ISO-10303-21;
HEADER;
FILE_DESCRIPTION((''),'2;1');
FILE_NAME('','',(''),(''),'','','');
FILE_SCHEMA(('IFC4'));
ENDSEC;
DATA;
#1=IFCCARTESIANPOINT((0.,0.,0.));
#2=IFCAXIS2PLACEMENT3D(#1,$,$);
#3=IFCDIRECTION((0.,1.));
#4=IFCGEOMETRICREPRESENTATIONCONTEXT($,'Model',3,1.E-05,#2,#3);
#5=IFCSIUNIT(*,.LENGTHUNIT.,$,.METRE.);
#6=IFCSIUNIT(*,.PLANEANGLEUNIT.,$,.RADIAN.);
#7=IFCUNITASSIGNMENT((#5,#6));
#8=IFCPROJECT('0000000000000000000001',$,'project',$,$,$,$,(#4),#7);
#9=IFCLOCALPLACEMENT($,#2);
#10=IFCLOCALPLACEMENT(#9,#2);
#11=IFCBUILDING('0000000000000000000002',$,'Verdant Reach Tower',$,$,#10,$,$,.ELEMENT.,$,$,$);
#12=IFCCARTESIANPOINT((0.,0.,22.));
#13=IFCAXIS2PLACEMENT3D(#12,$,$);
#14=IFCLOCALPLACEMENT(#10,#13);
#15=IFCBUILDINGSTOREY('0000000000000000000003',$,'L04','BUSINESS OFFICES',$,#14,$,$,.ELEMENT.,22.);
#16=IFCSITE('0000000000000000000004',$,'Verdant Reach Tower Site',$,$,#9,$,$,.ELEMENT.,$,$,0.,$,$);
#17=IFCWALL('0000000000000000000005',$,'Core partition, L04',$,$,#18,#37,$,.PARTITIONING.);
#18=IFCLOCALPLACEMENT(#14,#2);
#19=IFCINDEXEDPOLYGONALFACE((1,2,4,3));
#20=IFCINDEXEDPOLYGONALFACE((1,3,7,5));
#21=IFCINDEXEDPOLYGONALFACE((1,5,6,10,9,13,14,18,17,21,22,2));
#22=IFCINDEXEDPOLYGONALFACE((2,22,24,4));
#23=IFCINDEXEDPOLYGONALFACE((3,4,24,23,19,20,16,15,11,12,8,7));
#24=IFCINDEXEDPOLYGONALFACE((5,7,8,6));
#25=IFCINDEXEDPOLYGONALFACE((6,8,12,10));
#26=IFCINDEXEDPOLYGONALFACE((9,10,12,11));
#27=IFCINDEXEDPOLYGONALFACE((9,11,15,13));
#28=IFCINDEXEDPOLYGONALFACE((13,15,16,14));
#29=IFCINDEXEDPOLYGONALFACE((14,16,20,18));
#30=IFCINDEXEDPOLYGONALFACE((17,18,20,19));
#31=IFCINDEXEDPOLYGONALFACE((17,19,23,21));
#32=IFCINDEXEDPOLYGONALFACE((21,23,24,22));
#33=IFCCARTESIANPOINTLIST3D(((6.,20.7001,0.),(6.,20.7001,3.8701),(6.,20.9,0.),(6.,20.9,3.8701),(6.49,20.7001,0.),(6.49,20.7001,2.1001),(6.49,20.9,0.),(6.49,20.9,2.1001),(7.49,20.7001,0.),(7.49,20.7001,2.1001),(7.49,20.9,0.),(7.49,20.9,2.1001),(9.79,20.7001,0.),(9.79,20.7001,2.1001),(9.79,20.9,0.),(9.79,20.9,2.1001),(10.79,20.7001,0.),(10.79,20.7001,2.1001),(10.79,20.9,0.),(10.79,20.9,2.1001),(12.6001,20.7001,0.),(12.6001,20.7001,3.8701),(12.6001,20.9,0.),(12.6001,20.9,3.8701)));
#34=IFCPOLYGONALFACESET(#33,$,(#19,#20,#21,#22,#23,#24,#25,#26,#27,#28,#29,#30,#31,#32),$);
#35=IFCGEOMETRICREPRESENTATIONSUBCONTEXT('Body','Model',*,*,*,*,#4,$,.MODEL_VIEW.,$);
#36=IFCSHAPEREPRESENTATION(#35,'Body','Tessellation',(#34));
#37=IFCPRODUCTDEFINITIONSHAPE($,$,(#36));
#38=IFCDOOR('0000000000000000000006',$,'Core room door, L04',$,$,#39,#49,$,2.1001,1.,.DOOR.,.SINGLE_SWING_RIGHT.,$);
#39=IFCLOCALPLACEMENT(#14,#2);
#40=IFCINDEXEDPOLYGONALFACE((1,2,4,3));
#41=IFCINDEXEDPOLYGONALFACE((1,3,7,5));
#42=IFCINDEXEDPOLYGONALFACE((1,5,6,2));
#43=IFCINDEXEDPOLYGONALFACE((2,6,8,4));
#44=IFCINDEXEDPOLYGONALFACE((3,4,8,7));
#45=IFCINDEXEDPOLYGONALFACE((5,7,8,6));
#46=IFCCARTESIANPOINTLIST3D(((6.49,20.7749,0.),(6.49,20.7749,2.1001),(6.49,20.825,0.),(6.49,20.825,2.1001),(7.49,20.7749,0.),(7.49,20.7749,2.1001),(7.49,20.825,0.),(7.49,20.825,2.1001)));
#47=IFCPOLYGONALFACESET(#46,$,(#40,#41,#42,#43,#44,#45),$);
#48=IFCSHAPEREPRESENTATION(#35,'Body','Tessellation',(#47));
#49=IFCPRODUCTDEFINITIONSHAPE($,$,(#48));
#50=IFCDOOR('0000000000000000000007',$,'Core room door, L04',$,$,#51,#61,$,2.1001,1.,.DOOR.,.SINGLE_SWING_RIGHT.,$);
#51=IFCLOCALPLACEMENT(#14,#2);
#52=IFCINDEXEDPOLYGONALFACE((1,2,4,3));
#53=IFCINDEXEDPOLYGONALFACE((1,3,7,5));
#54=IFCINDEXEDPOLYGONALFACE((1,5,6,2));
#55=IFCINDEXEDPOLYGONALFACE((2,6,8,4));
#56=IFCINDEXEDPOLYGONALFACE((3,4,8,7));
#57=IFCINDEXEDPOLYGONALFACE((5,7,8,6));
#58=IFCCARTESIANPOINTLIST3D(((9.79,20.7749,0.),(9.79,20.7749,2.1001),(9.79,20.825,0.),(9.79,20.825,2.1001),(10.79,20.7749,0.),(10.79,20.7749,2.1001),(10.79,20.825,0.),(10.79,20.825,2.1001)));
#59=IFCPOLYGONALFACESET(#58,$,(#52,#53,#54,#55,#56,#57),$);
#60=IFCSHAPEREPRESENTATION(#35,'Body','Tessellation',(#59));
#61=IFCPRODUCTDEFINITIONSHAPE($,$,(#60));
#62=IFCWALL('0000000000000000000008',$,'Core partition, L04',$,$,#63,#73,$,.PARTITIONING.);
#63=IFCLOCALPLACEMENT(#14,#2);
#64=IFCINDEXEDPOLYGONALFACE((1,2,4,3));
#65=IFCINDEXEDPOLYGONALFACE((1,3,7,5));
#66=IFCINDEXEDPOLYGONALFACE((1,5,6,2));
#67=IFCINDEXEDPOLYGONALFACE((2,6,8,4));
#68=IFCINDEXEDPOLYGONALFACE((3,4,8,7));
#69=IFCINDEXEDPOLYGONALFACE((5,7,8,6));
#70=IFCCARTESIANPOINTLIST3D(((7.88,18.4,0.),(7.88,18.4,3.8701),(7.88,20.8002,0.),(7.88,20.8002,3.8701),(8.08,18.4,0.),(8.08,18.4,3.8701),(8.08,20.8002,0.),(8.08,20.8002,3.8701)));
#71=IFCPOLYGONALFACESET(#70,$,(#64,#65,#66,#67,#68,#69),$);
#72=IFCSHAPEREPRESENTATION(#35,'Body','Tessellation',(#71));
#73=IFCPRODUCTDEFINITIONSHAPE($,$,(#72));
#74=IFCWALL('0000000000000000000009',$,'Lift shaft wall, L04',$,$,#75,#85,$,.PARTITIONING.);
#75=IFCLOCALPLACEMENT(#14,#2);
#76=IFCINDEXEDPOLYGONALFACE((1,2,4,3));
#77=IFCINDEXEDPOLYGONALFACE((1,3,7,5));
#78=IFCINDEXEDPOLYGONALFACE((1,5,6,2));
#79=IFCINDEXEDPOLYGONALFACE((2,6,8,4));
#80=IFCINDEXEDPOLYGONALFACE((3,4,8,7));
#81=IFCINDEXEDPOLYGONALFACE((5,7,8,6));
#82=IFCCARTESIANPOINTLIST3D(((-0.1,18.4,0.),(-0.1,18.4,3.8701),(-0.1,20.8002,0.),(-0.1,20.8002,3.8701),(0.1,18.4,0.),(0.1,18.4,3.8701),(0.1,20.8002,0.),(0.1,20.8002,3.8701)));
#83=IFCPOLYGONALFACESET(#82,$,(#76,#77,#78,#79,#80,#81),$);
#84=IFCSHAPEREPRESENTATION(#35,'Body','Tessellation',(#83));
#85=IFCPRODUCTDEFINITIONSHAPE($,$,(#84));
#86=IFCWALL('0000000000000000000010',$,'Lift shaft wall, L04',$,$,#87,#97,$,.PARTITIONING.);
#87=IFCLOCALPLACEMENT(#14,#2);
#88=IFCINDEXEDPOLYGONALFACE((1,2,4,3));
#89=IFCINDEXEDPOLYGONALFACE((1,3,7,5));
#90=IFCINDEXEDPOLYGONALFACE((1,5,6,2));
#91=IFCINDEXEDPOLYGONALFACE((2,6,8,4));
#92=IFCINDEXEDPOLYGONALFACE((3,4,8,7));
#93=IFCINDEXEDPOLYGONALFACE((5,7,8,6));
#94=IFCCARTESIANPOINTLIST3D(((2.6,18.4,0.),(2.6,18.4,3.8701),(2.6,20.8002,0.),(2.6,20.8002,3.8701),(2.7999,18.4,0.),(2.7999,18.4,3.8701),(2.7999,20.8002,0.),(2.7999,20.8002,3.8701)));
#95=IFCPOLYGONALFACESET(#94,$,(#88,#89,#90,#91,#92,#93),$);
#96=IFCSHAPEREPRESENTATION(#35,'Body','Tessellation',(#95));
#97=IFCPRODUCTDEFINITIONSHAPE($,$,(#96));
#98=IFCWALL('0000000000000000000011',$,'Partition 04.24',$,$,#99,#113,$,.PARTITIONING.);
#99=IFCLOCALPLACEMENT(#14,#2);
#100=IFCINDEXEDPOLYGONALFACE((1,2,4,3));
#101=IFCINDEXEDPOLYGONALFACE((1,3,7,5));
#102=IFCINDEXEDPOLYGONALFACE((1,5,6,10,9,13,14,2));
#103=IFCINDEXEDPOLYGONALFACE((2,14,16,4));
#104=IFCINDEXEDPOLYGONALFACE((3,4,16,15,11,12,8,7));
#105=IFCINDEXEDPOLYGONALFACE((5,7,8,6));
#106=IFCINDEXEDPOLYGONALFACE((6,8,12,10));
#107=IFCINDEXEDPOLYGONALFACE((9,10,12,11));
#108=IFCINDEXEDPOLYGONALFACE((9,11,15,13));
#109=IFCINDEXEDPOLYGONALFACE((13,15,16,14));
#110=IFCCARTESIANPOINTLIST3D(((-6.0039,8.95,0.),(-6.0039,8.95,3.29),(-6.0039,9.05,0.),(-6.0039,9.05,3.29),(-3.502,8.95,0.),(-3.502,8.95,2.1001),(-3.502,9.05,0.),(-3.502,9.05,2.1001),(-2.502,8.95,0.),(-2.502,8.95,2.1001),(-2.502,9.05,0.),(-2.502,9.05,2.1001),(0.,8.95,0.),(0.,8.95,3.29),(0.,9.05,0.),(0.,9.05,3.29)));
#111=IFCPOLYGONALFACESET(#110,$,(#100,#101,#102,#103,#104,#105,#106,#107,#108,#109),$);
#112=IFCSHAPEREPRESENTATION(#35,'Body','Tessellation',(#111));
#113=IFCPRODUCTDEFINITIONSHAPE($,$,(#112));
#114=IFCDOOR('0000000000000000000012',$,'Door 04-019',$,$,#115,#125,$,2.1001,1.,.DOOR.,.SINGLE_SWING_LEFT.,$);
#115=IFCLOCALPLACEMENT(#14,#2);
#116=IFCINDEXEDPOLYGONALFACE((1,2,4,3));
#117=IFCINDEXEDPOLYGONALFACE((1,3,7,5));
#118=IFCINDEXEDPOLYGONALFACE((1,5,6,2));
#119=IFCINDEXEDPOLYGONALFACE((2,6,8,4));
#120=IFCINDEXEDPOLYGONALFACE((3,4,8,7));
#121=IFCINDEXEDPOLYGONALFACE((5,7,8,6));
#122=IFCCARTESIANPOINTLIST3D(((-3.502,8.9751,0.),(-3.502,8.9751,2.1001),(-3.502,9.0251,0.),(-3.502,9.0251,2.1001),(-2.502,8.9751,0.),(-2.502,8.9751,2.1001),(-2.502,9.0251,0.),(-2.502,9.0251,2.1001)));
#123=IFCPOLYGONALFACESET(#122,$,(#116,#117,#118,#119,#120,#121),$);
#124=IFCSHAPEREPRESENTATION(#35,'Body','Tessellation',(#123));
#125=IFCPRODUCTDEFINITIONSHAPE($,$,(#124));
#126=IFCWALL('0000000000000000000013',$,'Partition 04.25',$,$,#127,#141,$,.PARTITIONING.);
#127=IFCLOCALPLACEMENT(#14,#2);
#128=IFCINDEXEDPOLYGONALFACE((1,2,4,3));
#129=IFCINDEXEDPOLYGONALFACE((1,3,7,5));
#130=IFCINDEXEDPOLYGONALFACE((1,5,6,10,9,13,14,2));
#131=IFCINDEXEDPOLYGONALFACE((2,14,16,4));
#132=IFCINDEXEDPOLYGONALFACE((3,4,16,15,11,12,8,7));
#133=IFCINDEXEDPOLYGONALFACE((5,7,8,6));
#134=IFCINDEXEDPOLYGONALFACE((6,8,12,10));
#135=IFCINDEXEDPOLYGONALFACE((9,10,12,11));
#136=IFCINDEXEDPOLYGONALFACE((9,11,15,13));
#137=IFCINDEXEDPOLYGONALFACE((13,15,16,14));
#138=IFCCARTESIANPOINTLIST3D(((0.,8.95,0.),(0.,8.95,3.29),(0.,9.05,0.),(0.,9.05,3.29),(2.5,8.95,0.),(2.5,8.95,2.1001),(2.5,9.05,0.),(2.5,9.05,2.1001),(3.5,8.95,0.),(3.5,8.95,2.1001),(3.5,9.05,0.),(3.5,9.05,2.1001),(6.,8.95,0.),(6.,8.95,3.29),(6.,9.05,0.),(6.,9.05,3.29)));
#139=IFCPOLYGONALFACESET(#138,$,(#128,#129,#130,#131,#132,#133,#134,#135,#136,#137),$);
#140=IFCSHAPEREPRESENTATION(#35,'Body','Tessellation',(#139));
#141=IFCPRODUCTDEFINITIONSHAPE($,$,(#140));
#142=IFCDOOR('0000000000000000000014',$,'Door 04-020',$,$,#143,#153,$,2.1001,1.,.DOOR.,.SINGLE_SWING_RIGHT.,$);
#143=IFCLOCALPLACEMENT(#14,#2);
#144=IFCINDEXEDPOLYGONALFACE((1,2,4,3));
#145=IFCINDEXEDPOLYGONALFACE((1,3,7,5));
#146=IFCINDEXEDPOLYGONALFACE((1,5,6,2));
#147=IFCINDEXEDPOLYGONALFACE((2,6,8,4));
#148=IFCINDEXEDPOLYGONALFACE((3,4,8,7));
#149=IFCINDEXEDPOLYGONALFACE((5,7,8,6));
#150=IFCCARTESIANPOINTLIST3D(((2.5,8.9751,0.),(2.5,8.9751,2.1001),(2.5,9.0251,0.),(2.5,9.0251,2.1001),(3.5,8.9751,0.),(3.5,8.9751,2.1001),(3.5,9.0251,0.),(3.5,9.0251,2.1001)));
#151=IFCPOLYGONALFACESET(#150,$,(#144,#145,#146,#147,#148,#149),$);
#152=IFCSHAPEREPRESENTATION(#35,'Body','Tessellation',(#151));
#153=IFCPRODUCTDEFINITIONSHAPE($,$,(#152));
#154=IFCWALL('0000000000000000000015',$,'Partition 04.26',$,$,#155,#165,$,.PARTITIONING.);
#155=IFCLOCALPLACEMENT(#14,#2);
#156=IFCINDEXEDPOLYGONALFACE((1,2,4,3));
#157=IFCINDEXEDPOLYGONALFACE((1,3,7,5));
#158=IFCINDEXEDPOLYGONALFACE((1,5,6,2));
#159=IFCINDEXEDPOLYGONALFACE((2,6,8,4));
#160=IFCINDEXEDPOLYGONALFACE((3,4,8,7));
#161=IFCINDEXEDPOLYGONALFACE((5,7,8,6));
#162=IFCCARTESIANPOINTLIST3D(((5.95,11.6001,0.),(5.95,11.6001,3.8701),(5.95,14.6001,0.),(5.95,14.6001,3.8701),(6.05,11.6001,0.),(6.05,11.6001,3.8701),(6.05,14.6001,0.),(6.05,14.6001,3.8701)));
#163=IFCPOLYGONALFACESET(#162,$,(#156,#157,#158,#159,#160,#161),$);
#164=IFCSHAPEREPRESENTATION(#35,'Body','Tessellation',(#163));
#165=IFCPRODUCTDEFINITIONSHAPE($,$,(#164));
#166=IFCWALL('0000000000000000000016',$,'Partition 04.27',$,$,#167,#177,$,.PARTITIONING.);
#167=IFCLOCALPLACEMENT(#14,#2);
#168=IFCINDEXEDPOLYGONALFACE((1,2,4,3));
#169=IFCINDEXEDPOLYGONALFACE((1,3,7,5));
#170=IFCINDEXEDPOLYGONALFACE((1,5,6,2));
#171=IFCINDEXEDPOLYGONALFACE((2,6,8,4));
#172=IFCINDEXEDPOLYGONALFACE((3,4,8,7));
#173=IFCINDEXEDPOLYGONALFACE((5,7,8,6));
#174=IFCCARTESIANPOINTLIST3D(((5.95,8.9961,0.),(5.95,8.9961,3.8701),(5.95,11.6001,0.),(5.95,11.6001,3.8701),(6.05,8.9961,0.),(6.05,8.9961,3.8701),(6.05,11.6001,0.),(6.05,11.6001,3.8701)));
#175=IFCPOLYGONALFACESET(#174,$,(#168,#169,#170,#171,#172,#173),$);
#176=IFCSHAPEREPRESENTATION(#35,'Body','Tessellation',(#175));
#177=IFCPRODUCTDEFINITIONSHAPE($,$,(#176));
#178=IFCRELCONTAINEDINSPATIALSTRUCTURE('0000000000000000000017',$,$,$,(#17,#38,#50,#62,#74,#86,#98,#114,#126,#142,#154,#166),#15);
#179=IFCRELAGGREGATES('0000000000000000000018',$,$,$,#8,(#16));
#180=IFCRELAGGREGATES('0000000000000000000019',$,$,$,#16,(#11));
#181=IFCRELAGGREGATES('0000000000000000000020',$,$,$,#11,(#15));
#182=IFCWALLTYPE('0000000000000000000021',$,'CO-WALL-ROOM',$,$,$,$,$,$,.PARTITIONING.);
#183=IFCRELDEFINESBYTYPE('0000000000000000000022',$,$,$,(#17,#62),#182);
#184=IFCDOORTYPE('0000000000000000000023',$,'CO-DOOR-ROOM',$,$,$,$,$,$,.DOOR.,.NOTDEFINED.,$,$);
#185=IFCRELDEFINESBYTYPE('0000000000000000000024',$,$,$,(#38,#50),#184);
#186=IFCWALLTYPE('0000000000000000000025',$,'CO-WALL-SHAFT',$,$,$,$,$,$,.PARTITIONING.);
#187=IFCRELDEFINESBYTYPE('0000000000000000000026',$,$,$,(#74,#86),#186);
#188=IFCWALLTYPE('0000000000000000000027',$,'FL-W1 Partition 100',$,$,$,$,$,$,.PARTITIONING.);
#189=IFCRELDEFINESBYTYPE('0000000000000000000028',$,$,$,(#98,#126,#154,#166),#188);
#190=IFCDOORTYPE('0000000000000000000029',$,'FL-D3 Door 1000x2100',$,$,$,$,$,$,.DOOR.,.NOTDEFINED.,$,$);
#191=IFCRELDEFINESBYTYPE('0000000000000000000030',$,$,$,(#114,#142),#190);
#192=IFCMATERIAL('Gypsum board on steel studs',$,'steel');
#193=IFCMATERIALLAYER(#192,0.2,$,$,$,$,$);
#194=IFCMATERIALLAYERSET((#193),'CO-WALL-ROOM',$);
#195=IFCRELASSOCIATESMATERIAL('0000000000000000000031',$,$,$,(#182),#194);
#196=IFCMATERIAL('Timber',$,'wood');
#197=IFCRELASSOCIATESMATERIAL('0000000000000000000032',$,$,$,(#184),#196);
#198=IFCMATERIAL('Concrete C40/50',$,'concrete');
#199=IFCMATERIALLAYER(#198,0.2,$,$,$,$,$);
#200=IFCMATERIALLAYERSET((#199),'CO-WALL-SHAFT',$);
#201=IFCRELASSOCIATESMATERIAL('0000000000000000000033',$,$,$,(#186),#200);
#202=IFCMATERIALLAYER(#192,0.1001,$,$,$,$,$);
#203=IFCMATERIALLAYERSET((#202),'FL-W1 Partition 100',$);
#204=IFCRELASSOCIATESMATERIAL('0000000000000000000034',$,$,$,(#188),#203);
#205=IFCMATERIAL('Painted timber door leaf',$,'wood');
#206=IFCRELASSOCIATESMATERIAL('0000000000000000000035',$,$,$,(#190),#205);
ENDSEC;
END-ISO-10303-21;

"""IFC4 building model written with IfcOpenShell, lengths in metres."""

from ifc_helpers import new_model, si_unit, direction, frame, frame_2d, origin, place, context, subcontext, project, spatial, rectangle, extrude, material, layer, layer_set, type_object, element, fill, save


model = new_model("IFC4")

# Units and contexts
model_context = context("Model", 3, precision=1e-05, world=origin(), true_north=direction((0.0, 1.0)))
body_context = subcontext(model_context, "Body", "Model", "MODEL_VIEW")
ifc_project = project(units=[si_unit("LENGTHUNIT", "METRE"), si_unit("PLANEANGLEUNIT", "RADIAN")], contexts=[model_context])

# Site, building, storey
site_placement = place(None, origin())
site = spatial("IfcSite", under=ifc_project, at=site_placement, Name="Verdant Reach Tower Site", CompositionType="ELEMENT", RefElevation=0.0)
building_placement = place(site_placement, origin())
building = spatial("IfcBuilding", under=site, at=building_placement, Name="Verdant Reach Tower", CompositionType="ELEMENT")
storey_placement = place(building_placement, frame((0.0, 0.0, 22.0)))
storey = spatial("IfcBuildingStorey", under=building, at=storey_placement, Name="L04", Description="BUSINESS OFFICES", CompositionType="ELEMENT", Elevation=22.0)

# Wall, openings, doors
ifc_material_1 = material(Name="Gypsum board on steel studs", Category="steel")
ifc_layer_1 = layer(ifc_material_1, 0.2)
ifc_layer_set_1 = layer_set([ifc_layer_1], Name="CO-WALL-ROOM")
wall_type_1 = type_object("IfcWallType", Name="CO-WALL-ROOM", PredefinedType="PARTITIONING", material=ifc_layer_set_1)
wall_1_placement = place(storey_placement, frame((6.0, 20.8, 0.0), z_axis=(0.0, 0.0, 1.0), x_axis=(1.0, 0.0, 0.0)))
wall_1 = element("IfcWall", 1, at=wall_1_placement, inside=storey, type_object=wall_type_1, Name="Core partition, L04", PredefinedType="PARTITIONING", context=body_context, shape_type="SweptSolid", body=[
    extrude(rectangle(XDim=6.6001, YDim=0.2, at=frame_2d((3.3, 0.0))), origin(), (0.0, 0.0, 1.0), 3.8701),
])
opening_1_placement = place(wall_1_placement, frame((0.49, 0.0, 0.0)))
opening_1 = element("IfcOpeningElement", 2, at=opening_1_placement, cuts=wall_1, PredefinedType="OPENING", context=body_context, shape_type="SweptSolid", body=[
    extrude(rectangle(XDim=1.0, YDim=2.1001, at=frame_2d((0.5, 1.05))), frame((0.0, 0.1099, 0.0), z_axis=(0.0, -1.0, 0.0), x_axis=(1.0, 0.0, 0.0)), (0.0, 0.0, 1.0), 0.22),
])
opening_2_placement = place(wall_1_placement, frame((3.79, 0.0, 0.0)))
opening_2 = element("IfcOpeningElement", 3, at=opening_2_placement, cuts=wall_1, PredefinedType="OPENING", context=body_context, shape_type="SweptSolid", body=[
    extrude(rectangle(XDim=1.0, YDim=2.1001, at=frame_2d((0.5, 1.05))), frame((0.0, 0.1099, 0.0), z_axis=(0.0, -1.0, 0.0), x_axis=(1.0, 0.0, 0.0)), (0.0, 0.0, 1.0), 0.22),
])
ifc_material_2 = material(Name="Timber", Category="wood")
door_type_1 = type_object("IfcDoorType", Name="CO-DOOR-ROOM", OperationType="NOTDEFINED", PredefinedType="DOOR", material=ifc_material_2)
door_1_placement = place(opening_1_placement, origin())
door_1 = element("IfcDoor", 4, at=door_1_placement, inside=storey, type_object=door_type_1, Name="Core room door, L04", OperationType="SINGLE_SWING_RIGHT", OverallHeight=2.1001, OverallWidth=1.0, PredefinedType="DOOR", context=body_context, shape_type="SweptSolid", body=[
    extrude(rectangle(XDim=1.0, YDim=2.1001, at=frame_2d((0.5, 1.05))), frame((0.0, 0.0249, 0.0), z_axis=(0.0, -1.0, 0.0), x_axis=(1.0, 0.0, 0.0)), (0.0, 0.0, 1.0), 0.05),
])
fill(opening_1, door_1)
door_2_placement = place(opening_2_placement, origin())
door_2 = element("IfcDoor", 5, at=door_2_placement, inside=storey, type_object=door_type_1, Name="Core room door, L04", OperationType="SINGLE_SWING_RIGHT", OverallHeight=2.1001, OverallWidth=1.0, PredefinedType="DOOR", context=body_context, shape_type="SweptSolid", body=[
    extrude(rectangle(XDim=1.0, YDim=2.1001, at=frame_2d((0.5, 1.05))), frame((0.0, 0.0249, 0.0), z_axis=(0.0, -1.0, 0.0), x_axis=(1.0, 0.0, 0.0)), (0.0, 0.0, 1.0), 0.05),
])
fill(opening_2, door_2)

# Walls
wall_2_placement = place(storey_placement, frame((7.98, 18.3999, 0.0), z_axis=(0.0, 0.0, 1.0), x_axis=(0.0, 1.0, 0.0)))
element("IfcWall", 6, at=wall_2_placement, inside=storey, type_object=wall_type_1, Name="Core partition, L04", PredefinedType="PARTITIONING", context=body_context, shape_type="SweptSolid", body=[
    extrude(rectangle(XDim=2.4001, YDim=0.2, at=frame_2d((1.2002, 0.0))), origin(), (0.0, 0.0, 1.0), 3.8701),
])
ifc_material_3 = material(Name="Concrete C40/50", Category="concrete")
ifc_layer_2 = layer(ifc_material_3, 0.2)
ifc_layer_set_2 = layer_set([ifc_layer_2], Name="CO-WALL-SHAFT")
wall_type_2 = type_object("IfcWallType", Name="CO-WALL-SHAFT", PredefinedType="PARTITIONING", material=ifc_layer_set_2)
for number, where, z_axis, x_axis, name in (
    (7, (0.0, 18.3999, 0.0), (0.0, 0.0, 1.0), (0.0, 1.0, 0.0), "Lift shaft wall, L04"),
    (8, (2.7, 18.3999, 0.0), (0.0, 0.0, 1.0), (0.0, 1.0, 0.0), "Lift shaft wall, L04"),
):
    element("IfcWall", number, at=place(storey_placement, frame(where, z_axis=z_axis, x_axis=x_axis)), inside=storey, type_object=wall_type_2, Name=name, PredefinedType="PARTITIONING", context=body_context, shape_type="SweptSolid", body=[
        extrude(rectangle(XDim=2.4001, YDim=0.2, at=frame_2d((1.2002, 0.0))), origin(), (0.0, 0.0, 1.0), 3.8701),
    ])

# Walls, openings, doors
ifc_layer_3 = layer(ifc_material_1, 0.1001)
ifc_layer_set_3 = layer_set([ifc_layer_3], Name="FL-W1 Partition 100")
wall_type_3 = type_object("IfcWallType", Name="FL-W1 Partition 100", PredefinedType="PARTITIONING", material=ifc_layer_set_3)
wall_3_placement = place(storey_placement, frame((0.0, 9.0, 0.0), z_axis=(0.0, 0.0, 1.0), x_axis=(-1.0, 0.0, 0.0)))
wall_3 = element("IfcWall", 9, at=wall_3_placement, inside=storey, type_object=wall_type_3, Name="Partition 04.24", PredefinedType="PARTITIONING", context=body_context, shape_type="SweptSolid", body=[
    extrude(rectangle(XDim=6.0039, YDim=0.1001, at=frame_2d((3.002, 0.0))), origin(), (0.0, 0.0, 1.0), 3.29),
])
opening_3_placement = place(wall_3_placement, frame((2.502, 0.0, 0.0)))
opening_3 = element("IfcOpeningElement", 10, at=opening_3_placement, cuts=wall_3, PredefinedType="OPENING", context=body_context, shape_type="SweptSolid", body=[
    extrude(rectangle(XDim=1.0, YDim=2.1001, at=frame_2d((0.5, 1.05))), frame((0.0, 0.0601, 0.0), z_axis=(0.0, -1.0, 0.0), x_axis=(1.0, 0.0, 0.0)), (0.0, 0.0, 1.0), 0.1201),
])
ifc_material_4 = material(Name="Painted timber door leaf", Category="wood")
door_type_2 = type_object("IfcDoorType", Name="FL-D3 Door 1000x2100", OperationType="NOTDEFINED", PredefinedType="DOOR", material=ifc_material_4)
door_3_placement = place(opening_3_placement, origin())
door_3 = element("IfcDoor", 11, at=door_3_placement, inside=storey, type_object=door_type_2, Name="Door 04-019", OperationType="SINGLE_SWING_LEFT", OverallHeight=2.1001, OverallWidth=1.0, PredefinedType="DOOR", context=body_context, shape_type="SweptSolid", body=[
    extrude(rectangle(XDim=1.0, YDim=2.1001, at=frame_2d((0.5, 1.05))), frame((0.0, 0.0249, 0.0), z_axis=(0.0, -1.0, 0.0), x_axis=(1.0, 0.0, 0.0)), (0.0, 0.0, 1.0), 0.05),
])
fill(opening_3, door_3)
wall_4_placement = place(storey_placement, frame((6.0, 9.0, 0.0), z_axis=(0.0, 0.0, 1.0), x_axis=(-1.0, 0.0, 0.0)))
wall_4 = element("IfcWall", 12, at=wall_4_placement, inside=storey, type_object=wall_type_3, Name="Partition 04.25", PredefinedType="PARTITIONING", context=body_context, shape_type="SweptSolid", body=[
    extrude(rectangle(XDim=6.0, YDim=0.1001, at=frame_2d((3.0, 0.0))), origin(), (0.0, 0.0, 1.0), 3.29),
])
opening_4_placement = place(wall_4_placement, frame((2.5, 0.0, 0.0)))
opening_4 = element("IfcOpeningElement", 13, at=opening_4_placement, cuts=wall_4, PredefinedType="OPENING", context=body_context, shape_type="SweptSolid", body=[
    extrude(rectangle(XDim=1.0, YDim=2.1001, at=frame_2d((0.5, 1.05))), frame((0.0, 0.0601, 0.0), z_axis=(0.0, -1.0, 0.0), x_axis=(1.0, 0.0, 0.0)), (0.0, 0.0, 1.0), 0.1201),
])
door_4_placement = place(opening_4_placement, origin())
door_4 = element("IfcDoor", 14, at=door_4_placement, inside=storey, type_object=door_type_2, Name="Door 04-020", OperationType="SINGLE_SWING_RIGHT", OverallHeight=2.1001, OverallWidth=1.0, PredefinedType="DOOR", context=body_context, shape_type="SweptSolid", body=[
    extrude(rectangle(XDim=1.0, YDim=2.1001, at=frame_2d((0.5, 1.05))), frame((0.0, 0.0249, 0.0), z_axis=(0.0, -1.0, 0.0), x_axis=(1.0, 0.0, 0.0)), (0.0, 0.0, 1.0), 0.05),
])
fill(opening_4, door_4)

# Walls
wall_5_placement = place(storey_placement, frame((6.0, 11.6001, 0.0), z_axis=(0.0, 0.0, 1.0), x_axis=(0.0, 1.0, 0.0)))
element("IfcWall", 15, at=wall_5_placement, inside=storey, type_object=wall_type_3, Name="Partition 04.26", PredefinedType="PARTITIONING", context=body_context, shape_type="SweptSolid", body=[
    extrude(rectangle(XDim=3.0, YDim=0.1001, at=frame_2d((1.5, 0.0))), origin(), (0.0, 0.0, 1.0), 3.8701),
])
wall_6_placement = place(storey_placement, frame((6.0, 8.9961, 0.0), z_axis=(0.0, 0.0, 1.0), x_axis=(0.0, 1.0, 0.0)))
element("IfcWall", 16, at=wall_6_placement, inside=storey, type_object=wall_type_3, Name="Partition 04.27", PredefinedType="PARTITIONING", context=body_context, shape_type="SweptSolid", body=[
    extrude(rectangle(XDim=2.604, YDim=0.1001, at=frame_2d((1.302, 0.0))), origin(), (0.0, 0.0, 1.0), 3.8701),
])

save(model, "model.ifc")
